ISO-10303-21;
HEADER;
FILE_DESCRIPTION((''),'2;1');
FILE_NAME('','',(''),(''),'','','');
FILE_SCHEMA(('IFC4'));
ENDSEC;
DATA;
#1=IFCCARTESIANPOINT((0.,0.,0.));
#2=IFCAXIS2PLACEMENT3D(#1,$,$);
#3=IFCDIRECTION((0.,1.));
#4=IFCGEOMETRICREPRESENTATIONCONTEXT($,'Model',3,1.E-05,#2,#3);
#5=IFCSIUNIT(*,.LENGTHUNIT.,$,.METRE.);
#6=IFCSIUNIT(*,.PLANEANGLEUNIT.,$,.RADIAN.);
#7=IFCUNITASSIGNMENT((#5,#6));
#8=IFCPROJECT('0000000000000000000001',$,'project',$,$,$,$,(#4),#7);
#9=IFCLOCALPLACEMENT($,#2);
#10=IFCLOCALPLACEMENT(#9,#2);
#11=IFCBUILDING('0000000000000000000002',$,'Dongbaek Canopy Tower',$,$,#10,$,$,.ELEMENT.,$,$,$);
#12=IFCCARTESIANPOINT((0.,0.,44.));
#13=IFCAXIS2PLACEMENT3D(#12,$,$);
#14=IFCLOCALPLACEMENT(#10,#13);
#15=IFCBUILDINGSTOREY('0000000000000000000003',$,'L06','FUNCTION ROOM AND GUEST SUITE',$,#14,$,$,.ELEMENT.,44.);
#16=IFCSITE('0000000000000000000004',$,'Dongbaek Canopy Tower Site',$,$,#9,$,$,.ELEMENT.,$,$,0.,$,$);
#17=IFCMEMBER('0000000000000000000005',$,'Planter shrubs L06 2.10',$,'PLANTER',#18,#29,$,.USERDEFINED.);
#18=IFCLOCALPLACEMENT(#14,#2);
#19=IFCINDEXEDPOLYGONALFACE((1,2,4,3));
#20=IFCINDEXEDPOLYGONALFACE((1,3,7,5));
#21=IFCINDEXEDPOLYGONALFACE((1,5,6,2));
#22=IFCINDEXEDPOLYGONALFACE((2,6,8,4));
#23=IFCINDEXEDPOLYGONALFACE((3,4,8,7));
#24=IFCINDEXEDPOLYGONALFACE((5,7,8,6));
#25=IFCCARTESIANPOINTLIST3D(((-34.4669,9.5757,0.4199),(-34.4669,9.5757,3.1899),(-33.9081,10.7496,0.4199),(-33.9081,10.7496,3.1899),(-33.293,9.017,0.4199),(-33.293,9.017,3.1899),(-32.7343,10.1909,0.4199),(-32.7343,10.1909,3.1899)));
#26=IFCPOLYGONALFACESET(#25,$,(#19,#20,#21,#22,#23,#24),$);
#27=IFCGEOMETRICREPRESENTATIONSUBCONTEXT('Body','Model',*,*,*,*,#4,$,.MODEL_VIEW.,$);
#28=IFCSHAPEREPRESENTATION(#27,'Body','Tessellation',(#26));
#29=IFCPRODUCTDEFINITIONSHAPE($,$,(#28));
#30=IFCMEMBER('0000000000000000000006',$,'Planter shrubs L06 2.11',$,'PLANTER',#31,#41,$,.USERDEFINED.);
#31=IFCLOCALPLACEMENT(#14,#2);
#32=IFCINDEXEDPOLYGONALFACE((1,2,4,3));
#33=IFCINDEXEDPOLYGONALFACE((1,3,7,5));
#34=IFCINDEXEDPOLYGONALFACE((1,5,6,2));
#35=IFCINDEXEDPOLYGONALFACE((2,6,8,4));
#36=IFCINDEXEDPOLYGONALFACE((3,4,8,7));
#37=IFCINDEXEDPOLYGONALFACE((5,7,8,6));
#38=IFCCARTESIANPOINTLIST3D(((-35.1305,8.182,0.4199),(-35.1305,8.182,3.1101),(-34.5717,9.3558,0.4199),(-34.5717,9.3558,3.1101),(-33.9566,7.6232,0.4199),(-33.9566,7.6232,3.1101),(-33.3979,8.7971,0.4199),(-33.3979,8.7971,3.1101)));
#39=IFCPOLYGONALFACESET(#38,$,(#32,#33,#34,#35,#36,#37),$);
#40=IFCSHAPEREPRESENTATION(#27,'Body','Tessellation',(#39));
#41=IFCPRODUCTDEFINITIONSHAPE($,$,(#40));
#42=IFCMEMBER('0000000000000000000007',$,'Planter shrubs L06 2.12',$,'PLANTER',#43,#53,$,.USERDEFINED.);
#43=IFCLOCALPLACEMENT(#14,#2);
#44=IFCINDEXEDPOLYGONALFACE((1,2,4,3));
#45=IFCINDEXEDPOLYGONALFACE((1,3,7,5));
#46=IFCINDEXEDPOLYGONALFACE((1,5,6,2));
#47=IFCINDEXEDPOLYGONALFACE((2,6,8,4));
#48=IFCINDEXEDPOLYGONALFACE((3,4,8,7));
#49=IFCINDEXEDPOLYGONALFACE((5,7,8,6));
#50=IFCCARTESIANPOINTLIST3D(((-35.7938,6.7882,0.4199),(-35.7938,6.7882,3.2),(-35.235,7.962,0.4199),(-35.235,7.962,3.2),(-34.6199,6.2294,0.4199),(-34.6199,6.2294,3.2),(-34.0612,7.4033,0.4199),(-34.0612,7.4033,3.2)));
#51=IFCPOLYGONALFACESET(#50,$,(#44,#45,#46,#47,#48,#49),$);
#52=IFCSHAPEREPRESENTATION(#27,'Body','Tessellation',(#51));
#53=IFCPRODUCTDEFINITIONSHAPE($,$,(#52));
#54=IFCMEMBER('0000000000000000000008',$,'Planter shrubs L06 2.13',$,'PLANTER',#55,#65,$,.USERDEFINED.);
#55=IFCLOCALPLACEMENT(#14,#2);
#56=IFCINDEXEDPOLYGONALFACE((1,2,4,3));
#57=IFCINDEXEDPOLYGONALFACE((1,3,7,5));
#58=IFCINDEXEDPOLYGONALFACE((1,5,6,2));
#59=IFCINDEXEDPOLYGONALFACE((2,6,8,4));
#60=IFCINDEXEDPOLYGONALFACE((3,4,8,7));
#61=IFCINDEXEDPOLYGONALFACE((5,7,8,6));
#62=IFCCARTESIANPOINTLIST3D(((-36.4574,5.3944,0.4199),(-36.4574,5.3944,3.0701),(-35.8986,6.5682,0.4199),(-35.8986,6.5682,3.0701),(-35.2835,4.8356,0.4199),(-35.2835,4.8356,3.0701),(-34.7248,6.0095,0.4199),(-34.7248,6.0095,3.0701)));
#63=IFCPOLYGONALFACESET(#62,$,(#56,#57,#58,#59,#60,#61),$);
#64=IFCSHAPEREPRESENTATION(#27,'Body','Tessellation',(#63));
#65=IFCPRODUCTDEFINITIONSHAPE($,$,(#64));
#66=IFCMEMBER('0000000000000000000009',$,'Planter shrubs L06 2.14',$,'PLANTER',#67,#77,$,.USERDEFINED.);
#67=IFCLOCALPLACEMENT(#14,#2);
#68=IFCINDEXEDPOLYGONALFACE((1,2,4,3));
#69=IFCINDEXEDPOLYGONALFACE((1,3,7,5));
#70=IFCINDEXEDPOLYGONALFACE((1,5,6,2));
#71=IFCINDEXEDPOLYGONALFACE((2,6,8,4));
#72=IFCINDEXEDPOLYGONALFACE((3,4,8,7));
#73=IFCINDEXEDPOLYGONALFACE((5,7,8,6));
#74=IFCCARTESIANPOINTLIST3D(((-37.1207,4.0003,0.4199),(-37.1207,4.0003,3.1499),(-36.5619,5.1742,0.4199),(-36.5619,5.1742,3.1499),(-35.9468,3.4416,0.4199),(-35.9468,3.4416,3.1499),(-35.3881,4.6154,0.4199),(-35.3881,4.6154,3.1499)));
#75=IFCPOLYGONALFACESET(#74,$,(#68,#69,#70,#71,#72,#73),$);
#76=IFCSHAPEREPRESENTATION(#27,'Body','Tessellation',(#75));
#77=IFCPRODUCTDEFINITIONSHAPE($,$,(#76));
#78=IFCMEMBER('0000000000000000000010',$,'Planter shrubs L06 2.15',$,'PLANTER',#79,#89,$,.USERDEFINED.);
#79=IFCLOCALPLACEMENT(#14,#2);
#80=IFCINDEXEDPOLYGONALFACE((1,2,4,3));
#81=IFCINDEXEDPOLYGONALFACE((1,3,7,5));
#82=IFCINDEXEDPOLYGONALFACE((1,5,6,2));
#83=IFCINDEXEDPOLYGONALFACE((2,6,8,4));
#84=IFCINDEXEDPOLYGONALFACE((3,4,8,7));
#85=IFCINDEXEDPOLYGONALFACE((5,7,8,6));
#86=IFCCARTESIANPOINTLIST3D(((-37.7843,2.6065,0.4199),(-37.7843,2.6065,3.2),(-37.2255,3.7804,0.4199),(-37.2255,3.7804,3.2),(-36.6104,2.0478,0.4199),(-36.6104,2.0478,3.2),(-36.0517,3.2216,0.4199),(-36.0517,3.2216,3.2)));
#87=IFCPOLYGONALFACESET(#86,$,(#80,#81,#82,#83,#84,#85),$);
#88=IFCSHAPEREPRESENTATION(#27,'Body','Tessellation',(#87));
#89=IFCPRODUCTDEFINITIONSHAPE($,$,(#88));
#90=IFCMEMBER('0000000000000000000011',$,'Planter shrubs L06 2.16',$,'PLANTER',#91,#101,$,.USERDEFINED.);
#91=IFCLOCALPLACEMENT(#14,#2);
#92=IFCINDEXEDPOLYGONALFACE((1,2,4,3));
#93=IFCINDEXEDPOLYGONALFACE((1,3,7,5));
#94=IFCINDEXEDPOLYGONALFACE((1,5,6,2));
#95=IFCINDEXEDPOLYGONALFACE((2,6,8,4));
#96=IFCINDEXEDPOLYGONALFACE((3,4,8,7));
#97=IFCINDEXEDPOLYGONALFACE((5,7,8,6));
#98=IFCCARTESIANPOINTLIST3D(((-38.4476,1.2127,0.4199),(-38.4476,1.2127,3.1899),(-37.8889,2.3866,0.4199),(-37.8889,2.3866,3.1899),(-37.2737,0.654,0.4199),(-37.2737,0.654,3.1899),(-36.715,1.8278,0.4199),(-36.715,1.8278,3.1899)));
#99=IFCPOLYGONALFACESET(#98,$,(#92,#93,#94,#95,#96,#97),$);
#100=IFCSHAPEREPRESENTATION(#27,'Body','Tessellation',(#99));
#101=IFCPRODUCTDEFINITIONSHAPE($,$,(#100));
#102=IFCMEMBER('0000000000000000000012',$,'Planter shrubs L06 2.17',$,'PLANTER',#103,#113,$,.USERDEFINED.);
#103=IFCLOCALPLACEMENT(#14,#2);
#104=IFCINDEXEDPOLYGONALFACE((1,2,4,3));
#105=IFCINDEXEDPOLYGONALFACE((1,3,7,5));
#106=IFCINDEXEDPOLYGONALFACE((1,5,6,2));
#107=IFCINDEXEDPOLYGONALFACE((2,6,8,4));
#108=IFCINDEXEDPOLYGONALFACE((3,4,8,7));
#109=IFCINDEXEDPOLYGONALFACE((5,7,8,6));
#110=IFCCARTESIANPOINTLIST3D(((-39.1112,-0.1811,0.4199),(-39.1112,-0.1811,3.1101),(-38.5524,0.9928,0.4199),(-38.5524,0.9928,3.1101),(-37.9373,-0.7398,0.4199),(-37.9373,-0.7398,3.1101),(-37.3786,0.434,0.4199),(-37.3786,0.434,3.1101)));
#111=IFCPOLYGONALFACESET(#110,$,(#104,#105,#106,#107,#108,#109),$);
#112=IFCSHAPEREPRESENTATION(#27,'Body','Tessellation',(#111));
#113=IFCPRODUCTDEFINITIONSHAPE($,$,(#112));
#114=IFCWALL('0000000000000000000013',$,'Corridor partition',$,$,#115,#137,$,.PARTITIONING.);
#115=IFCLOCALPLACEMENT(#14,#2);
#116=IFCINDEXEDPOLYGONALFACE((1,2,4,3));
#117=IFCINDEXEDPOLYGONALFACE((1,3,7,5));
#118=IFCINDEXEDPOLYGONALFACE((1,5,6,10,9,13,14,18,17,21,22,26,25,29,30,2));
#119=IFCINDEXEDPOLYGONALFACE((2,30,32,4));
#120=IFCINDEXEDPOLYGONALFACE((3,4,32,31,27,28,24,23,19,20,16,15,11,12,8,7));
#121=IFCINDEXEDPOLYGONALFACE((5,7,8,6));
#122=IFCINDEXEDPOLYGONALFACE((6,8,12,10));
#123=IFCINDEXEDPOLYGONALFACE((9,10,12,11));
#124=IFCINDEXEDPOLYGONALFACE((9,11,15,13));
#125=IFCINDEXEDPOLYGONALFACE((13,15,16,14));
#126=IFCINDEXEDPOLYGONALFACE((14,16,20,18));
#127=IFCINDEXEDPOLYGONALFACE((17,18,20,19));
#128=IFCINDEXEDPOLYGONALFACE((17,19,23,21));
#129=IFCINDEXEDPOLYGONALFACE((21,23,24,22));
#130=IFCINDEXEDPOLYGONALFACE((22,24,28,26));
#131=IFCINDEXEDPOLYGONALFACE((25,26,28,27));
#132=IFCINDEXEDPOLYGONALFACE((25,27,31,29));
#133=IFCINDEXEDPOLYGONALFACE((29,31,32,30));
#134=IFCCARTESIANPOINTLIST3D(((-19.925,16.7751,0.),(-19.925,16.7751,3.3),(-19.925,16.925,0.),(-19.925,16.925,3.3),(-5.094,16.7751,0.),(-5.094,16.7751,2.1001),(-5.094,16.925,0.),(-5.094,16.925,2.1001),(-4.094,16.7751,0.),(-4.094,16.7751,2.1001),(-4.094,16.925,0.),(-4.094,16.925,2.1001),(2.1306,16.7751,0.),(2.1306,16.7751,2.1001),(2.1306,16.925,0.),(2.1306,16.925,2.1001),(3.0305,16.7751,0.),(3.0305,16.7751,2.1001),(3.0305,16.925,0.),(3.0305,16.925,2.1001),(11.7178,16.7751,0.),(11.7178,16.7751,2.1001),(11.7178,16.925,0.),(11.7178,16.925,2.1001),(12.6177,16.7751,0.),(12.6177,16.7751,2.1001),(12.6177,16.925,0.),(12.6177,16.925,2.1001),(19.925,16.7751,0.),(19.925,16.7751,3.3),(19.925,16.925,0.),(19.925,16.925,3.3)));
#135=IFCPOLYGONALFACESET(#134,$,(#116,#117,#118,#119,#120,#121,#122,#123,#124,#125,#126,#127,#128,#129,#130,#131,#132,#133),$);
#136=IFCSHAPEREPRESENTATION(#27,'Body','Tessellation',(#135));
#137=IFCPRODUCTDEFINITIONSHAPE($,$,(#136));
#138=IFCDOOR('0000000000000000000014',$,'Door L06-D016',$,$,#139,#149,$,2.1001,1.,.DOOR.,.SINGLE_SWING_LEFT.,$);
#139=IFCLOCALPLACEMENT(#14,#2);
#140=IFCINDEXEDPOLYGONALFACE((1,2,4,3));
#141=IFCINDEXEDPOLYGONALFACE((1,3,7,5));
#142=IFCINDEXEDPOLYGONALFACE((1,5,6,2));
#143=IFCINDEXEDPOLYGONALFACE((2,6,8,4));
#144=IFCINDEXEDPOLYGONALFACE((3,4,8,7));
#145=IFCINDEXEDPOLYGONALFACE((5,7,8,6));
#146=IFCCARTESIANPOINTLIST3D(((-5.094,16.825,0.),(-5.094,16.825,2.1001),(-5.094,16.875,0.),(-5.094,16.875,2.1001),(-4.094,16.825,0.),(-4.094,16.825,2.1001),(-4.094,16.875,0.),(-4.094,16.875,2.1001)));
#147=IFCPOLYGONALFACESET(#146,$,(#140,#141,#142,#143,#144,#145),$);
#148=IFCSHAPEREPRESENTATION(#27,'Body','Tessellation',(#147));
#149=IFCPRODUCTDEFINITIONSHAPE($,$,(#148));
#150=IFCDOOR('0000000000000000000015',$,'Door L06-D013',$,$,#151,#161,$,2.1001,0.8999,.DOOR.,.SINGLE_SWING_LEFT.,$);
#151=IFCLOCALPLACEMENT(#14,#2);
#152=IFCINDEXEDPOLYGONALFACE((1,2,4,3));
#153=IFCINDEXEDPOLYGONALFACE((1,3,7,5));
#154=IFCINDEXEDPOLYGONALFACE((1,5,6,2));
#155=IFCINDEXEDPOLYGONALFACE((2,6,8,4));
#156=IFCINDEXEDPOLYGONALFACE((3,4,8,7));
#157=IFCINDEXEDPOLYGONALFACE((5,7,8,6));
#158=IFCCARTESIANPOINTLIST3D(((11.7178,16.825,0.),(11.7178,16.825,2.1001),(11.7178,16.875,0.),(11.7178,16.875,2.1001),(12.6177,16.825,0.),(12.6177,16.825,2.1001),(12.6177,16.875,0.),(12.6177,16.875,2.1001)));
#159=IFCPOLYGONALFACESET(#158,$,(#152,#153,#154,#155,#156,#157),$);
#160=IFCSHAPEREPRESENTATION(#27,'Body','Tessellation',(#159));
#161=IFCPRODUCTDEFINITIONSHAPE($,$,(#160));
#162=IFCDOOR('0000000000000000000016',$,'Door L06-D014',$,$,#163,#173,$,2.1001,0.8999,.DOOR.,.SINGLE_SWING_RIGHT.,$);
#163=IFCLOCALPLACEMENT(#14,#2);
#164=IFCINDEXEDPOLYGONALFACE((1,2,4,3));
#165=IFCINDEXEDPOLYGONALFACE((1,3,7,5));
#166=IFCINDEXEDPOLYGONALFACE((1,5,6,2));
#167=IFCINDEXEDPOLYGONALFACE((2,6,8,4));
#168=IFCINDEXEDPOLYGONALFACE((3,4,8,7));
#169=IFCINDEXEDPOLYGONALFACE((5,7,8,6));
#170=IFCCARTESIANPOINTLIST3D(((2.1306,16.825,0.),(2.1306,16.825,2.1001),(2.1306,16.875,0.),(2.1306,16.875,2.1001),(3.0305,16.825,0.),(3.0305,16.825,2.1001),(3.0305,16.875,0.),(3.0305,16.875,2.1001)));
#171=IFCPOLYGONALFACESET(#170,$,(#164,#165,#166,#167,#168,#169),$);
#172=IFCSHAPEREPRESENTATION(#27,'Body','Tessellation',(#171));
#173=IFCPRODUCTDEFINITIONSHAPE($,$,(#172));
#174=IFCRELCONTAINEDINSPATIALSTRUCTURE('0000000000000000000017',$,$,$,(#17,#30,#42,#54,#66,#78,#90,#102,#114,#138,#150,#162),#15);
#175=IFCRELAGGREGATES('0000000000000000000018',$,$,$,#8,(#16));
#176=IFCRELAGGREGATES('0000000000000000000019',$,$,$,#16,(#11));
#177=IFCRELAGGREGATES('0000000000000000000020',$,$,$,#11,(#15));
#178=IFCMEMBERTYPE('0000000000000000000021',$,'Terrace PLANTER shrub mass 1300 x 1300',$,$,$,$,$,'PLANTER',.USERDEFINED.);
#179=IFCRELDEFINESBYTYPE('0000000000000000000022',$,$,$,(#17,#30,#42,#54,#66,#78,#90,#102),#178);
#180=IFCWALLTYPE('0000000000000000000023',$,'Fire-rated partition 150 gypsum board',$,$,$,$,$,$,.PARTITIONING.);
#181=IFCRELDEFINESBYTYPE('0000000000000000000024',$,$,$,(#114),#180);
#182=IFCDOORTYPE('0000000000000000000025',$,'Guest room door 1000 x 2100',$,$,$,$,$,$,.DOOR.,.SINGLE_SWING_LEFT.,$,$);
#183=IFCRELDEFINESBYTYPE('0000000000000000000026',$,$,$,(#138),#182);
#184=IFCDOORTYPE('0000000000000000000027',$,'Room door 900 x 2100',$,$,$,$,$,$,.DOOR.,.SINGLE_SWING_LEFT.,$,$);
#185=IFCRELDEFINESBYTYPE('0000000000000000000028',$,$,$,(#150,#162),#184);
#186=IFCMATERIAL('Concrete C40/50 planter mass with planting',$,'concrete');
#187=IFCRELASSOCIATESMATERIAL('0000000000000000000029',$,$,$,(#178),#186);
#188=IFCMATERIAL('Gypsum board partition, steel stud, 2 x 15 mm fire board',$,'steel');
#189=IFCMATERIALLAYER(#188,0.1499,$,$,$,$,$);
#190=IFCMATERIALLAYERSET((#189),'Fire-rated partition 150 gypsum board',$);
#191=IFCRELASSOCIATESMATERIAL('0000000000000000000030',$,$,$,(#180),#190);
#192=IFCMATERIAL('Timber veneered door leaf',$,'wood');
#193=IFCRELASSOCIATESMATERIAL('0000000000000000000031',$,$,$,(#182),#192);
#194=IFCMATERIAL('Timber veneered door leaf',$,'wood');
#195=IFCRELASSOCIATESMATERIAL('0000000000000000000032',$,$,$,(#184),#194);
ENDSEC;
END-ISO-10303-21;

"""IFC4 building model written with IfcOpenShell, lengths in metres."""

from ifc_helpers import new_model, si_unit, direction, frame, frame_2d, origin, origin_2d, place, context, subcontext, project, spatial, rectangle, extrude, material, layer, layer_set, material_profile, profile_set, type_object, element, fill, save


model = new_model("IFC4")

# Units and contexts
model_context = context("Model", 3, precision=1e-05, world=origin(), true_north=direction((0.0, 1.0)))
body_context = subcontext(model_context, "Body", "Model", "MODEL_VIEW")
ifc_project = project(units=[si_unit("LENGTHUNIT", "METRE"), si_unit("PLANEANGLEUNIT", "RADIAN")], contexts=[model_context])

# Site, building, storey
site_placement = place(None, origin())
site = spatial("IfcSite", under=ifc_project, at=site_placement, Name="Dongbaek Canopy Tower Site", CompositionType="ELEMENT", RefElevation=0.0)
building_placement = place(site_placement, origin())
building = spatial("IfcBuilding", under=site, at=building_placement, Name="Dongbaek Canopy Tower", CompositionType="ELEMENT")
storey_placement = place(building_placement, frame((0.0, 0.0, 44.0)))
storey = spatial("IfcBuildingStorey", under=building, at=storey_placement, Name="L06", Description="FUNCTION ROOM AND GUEST SUITE", CompositionType="ELEMENT", Elevation=44.0)

# Members
ifc_material_1 = material(Name="Concrete C40/50 planter mass with planting", Category="concrete")
ifc_material_profile_1 = material_profile(ifc_material_1, rectangle(XDim=1.3, YDim=1.3, at=origin_2d()), Name="Terrace PLANTER shrub mass 1300 x 1300")
ifc_profile_set_1 = profile_set([ifc_material_profile_1], Name="Concrete C40/50 planter mass with planting")
member_type = type_object("IfcMemberType", Name="Terrace PLANTER shrub mass 1300 x 1300", ElementType="PLANTER", PredefinedType="USERDEFINED", material=ifc_profile_set_1)
member_1_placement = place(storey_placement, frame((-33.6006, 9.8833, 0.4199), z_axis=(0.0, 0.0, 1.0), x_axis=(-0.902929, 0.42979, 0.0)))
element("IfcMember", 1, at=member_1_placement, inside=storey, type_object=member_type, Name="Planter shrubs L06 2.10", ObjectType="PLANTER", PredefinedType="USERDEFINED", context=body_context, shape_type="SweptSolid", body=[
    extrude(rectangle(XDim=1.3, YDim=1.3, at=origin_2d()), origin(), (0.0, 0.0, 1.0), 2.77),
])
member_2_placement = place(storey_placement, frame((-34.2642, 8.4895, 0.4199), z_axis=(0.0, 0.0, 1.0), x_axis=(-0.902929, 0.42979, 0.0)))
element("IfcMember", 2, at=member_2_placement, inside=storey, type_object=member_type, Name="Planter shrubs L06 2.11", ObjectType="PLANTER", PredefinedType="USERDEFINED", context=body_context, shape_type="SweptSolid", body=[
    extrude(rectangle(XDim=1.3, YDim=1.3, at=origin_2d()), origin(), (0.0, 0.0, 1.0), 2.6902),
])
member_3_placement = place(storey_placement, frame((-34.9275, 7.0957, 0.4199), z_axis=(0.0, 0.0, 1.0), x_axis=(-0.902929, 0.42979, 0.0)))
element("IfcMember", 3, at=member_3_placement, inside=storey, type_object=member_type, Name="Planter shrubs L06 2.12", ObjectType="PLANTER", PredefinedType="USERDEFINED", context=body_context, shape_type="SweptSolid", body=[
    extrude(rectangle(XDim=1.3, YDim=1.3, at=origin_2d()), origin(), (0.0, 0.0, 1.0), 2.78),
])
member_4_placement = place(storey_placement, frame((-35.5911, 5.7019, 0.4199), z_axis=(0.0, 0.0, 1.0), x_axis=(-0.902929, 0.42979, 0.0)))
element("IfcMember", 4, at=member_4_placement, inside=storey, type_object=member_type, Name="Planter shrubs L06 2.13", ObjectType="PLANTER", PredefinedType="USERDEFINED", context=body_context, shape_type="SweptSolid", body=[
    extrude(rectangle(XDim=1.3, YDim=1.3, at=origin_2d()), origin(), (0.0, 0.0, 1.0), 2.6501),
])
member_5_placement = place(storey_placement, frame((-36.2544, 4.3079, 0.4199), z_axis=(0.0, 0.0, 1.0), x_axis=(-0.902929, 0.42979, 0.0)))
element("IfcMember", 5, at=member_5_placement, inside=storey, type_object=member_type, Name="Planter shrubs L06 2.14", ObjectType="PLANTER", PredefinedType="USERDEFINED", context=body_context, shape_type="SweptSolid", body=[
    extrude(rectangle(XDim=1.3, YDim=1.3, at=origin_2d()), origin(), (0.0, 0.0, 1.0), 2.73),
])
member_6_placement = place(storey_placement, frame((-36.918, 2.9141, 0.4199), z_axis=(0.0, 0.0, 1.0), x_axis=(-0.902929, 0.42979, 0.0)))
element("IfcMember", 6, at=member_6_placement, inside=storey, type_object=member_type, Name="Planter shrubs L06 2.15", ObjectType="PLANTER", PredefinedType="USERDEFINED", context=body_context, shape_type="SweptSolid", body=[
    extrude(rectangle(XDim=1.3, YDim=1.3, at=origin_2d()), origin(), (0.0, 0.0, 1.0), 2.78),
])
member_7_placement = place(storey_placement, frame((-37.5813, 1.5203, 0.4199), z_axis=(0.0, 0.0, 1.0), x_axis=(-0.902929, 0.42979, 0.0)))
element("IfcMember", 7, at=member_7_placement, inside=storey, type_object=member_type, Name="Planter shrubs L06 2.16", ObjectType="PLANTER", PredefinedType="USERDEFINED", context=body_context, shape_type="SweptSolid", body=[
    extrude(rectangle(XDim=1.3, YDim=1.3, at=origin_2d()), origin(), (0.0, 0.0, 1.0), 2.77),
])
member_8_placement = place(storey_placement, frame((-38.2449, 0.1265, 0.4199), z_axis=(0.0, 0.0, 1.0), x_axis=(-0.902929, 0.42979, 0.0)))
element("IfcMember", 8, at=member_8_placement, inside=storey, type_object=member_type, Name="Planter shrubs L06 2.17", ObjectType="PLANTER", PredefinedType="USERDEFINED", context=body_context, shape_type="SweptSolid", body=[
    extrude(rectangle(XDim=1.3, YDim=1.3, at=origin_2d()), origin(), (0.0, 0.0, 1.0), 2.6902),
])

# Wall, openings, doors
ifc_material_2 = material(Name="Gypsum board partition, steel stud, 2 x 15 mm fire board", Category="steel")
ifc_layer = layer(ifc_material_2, 0.1499)
ifc_layer_set = layer_set([ifc_layer], Name="Fire-rated partition 150 gypsum board")
wall_type = type_object("IfcWallType", Name="Fire-rated partition 150 gypsum board", PredefinedType="PARTITIONING", material=ifc_layer_set)
wall_1_placement = place(storey_placement, frame((-19.925, 16.8501, 0.0), z_axis=(0.0, 0.0, 1.0), x_axis=(1.0, 0.0, 0.0)))
wall_1 = element("IfcWall", 9, at=wall_1_placement, inside=storey, type_object=wall_type, Name="Corridor partition", PredefinedType="PARTITIONING", context=body_context, shape_type="SweptSolid", body=[
    extrude(rectangle(XDim=39.8501, YDim=0.1499, at=frame_2d((19.925, 0.0))), origin(), (0.0, 0.0, 1.0), 3.3),
])
opening_1_placement = place(wall_1_placement, frame((31.6428, 0.0, 0.0)))
opening_1 = element("IfcOpeningElement", 10, at=opening_1_placement, cuts=wall_1, PredefinedType="OPENING", context=body_context, shape_type="SweptSolid", body=[
    extrude(rectangle(XDim=0.8999, YDim=2.1001, at=frame_2d((0.45, 1.05))), frame((0.0, 0.085, 0.0), z_axis=(0.0, -1.0, 0.0), x_axis=(1.0, 0.0, 0.0)), (0.0, 0.0, 1.0), 0.1699),
])
opening_2_placement = place(wall_1_placement, frame((22.0557, 0.0, 0.0)))
opening_2 = element("IfcOpeningElement", 11, at=opening_2_placement, cuts=wall_1, PredefinedType="OPENING", context=body_context, shape_type="SweptSolid", body=[
    extrude(rectangle(XDim=0.8999, YDim=2.1001, at=frame_2d((0.45, 1.05))), frame((0.0, 0.085, 0.0), z_axis=(0.0, -1.0, 0.0), x_axis=(1.0, 0.0, 0.0)), (0.0, 0.0, 1.0), 0.1699),
])
opening_3_placement = place(wall_1_placement, frame((14.8311, 0.0, 0.0)))
opening_3 = element("IfcOpeningElement", 12, at=opening_3_placement, cuts=wall_1, PredefinedType="OPENING", context=body_context, shape_type="SweptSolid", body=[
    extrude(rectangle(XDim=1.0, YDim=2.1001, at=frame_2d((0.5, 1.05))), frame((0.0, 0.085, 0.0), z_axis=(0.0, -1.0, 0.0), x_axis=(1.0, 0.0, 0.0)), (0.0, 0.0, 1.0), 0.1699),
])
ifc_material_3 = material(Name="Timber veneered door leaf", Category="wood")
door_type_1 = type_object("IfcDoorType", Name="Guest room door 1000 x 2100", OperationType="SINGLE_SWING_LEFT", PredefinedType="DOOR", material=ifc_material_3)
door_1_placement = place(opening_3_placement, origin())
door_1 = element("IfcDoor", 13, at=door_1_placement, inside=storey, type_object=door_type_1, Name="Door L06-D016", OperationType="SINGLE_SWING_LEFT", OverallHeight=2.1001, OverallWidth=1.0, PredefinedType="DOOR", context=body_context, shape_type="SweptSolid", body=[
    extrude(rectangle(XDim=1.0, YDim=2.1001, at=frame_2d((0.5, 1.05))), frame((0.0, 0.0249, 0.0), z_axis=(0.0, -1.0, 0.0), x_axis=(1.0, 0.0, 0.0)), (0.0, 0.0, 1.0), 0.05),
])
fill(opening_3, door_1)
ifc_material_4 = material(Name="Timber veneered door leaf", Category="wood")
door_type_2 = type_object("IfcDoorType", Name="Room door 900 x 2100", OperationType="SINGLE_SWING_LEFT", PredefinedType="DOOR", material=ifc_material_4)
door_2_placement = place(opening_1_placement, origin())
door_2 = element("IfcDoor", 14, at=door_2_placement, inside=storey, type_object=door_type_2, Name="Door L06-D013", OperationType="SINGLE_SWING_LEFT", OverallHeight=2.1001, OverallWidth=0.8999, PredefinedType="DOOR", context=body_context, shape_type="SweptSolid", body=[
    extrude(rectangle(XDim=0.8999, YDim=2.1001, at=frame_2d((0.45, 1.05))), frame((0.0, 0.0249, 0.0), z_axis=(0.0, -1.0, 0.0), x_axis=(1.0, 0.0, 0.0)), (0.0, 0.0, 1.0), 0.05),
])
fill(opening_1, door_2)
door_3_placement = place(opening_2_placement, origin())
door_3 = element("IfcDoor", 15, at=door_3_placement, inside=storey, type_object=door_type_2, Name="Door L06-D014", OperationType="SINGLE_SWING_RIGHT", OverallHeight=2.1001, OverallWidth=0.8999, PredefinedType="DOOR", context=body_context, shape_type="SweptSolid", body=[
    extrude(rectangle(XDim=0.8999, YDim=2.1001, at=frame_2d((0.45, 1.05))), frame((0.0, 0.0249, 0.0), z_axis=(0.0, -1.0, 0.0), x_axis=(1.0, 0.0, 0.0)), (0.0, 0.0, 1.0), 0.05),
])
fill(opening_2, door_3)

save(model, "model.ifc")
